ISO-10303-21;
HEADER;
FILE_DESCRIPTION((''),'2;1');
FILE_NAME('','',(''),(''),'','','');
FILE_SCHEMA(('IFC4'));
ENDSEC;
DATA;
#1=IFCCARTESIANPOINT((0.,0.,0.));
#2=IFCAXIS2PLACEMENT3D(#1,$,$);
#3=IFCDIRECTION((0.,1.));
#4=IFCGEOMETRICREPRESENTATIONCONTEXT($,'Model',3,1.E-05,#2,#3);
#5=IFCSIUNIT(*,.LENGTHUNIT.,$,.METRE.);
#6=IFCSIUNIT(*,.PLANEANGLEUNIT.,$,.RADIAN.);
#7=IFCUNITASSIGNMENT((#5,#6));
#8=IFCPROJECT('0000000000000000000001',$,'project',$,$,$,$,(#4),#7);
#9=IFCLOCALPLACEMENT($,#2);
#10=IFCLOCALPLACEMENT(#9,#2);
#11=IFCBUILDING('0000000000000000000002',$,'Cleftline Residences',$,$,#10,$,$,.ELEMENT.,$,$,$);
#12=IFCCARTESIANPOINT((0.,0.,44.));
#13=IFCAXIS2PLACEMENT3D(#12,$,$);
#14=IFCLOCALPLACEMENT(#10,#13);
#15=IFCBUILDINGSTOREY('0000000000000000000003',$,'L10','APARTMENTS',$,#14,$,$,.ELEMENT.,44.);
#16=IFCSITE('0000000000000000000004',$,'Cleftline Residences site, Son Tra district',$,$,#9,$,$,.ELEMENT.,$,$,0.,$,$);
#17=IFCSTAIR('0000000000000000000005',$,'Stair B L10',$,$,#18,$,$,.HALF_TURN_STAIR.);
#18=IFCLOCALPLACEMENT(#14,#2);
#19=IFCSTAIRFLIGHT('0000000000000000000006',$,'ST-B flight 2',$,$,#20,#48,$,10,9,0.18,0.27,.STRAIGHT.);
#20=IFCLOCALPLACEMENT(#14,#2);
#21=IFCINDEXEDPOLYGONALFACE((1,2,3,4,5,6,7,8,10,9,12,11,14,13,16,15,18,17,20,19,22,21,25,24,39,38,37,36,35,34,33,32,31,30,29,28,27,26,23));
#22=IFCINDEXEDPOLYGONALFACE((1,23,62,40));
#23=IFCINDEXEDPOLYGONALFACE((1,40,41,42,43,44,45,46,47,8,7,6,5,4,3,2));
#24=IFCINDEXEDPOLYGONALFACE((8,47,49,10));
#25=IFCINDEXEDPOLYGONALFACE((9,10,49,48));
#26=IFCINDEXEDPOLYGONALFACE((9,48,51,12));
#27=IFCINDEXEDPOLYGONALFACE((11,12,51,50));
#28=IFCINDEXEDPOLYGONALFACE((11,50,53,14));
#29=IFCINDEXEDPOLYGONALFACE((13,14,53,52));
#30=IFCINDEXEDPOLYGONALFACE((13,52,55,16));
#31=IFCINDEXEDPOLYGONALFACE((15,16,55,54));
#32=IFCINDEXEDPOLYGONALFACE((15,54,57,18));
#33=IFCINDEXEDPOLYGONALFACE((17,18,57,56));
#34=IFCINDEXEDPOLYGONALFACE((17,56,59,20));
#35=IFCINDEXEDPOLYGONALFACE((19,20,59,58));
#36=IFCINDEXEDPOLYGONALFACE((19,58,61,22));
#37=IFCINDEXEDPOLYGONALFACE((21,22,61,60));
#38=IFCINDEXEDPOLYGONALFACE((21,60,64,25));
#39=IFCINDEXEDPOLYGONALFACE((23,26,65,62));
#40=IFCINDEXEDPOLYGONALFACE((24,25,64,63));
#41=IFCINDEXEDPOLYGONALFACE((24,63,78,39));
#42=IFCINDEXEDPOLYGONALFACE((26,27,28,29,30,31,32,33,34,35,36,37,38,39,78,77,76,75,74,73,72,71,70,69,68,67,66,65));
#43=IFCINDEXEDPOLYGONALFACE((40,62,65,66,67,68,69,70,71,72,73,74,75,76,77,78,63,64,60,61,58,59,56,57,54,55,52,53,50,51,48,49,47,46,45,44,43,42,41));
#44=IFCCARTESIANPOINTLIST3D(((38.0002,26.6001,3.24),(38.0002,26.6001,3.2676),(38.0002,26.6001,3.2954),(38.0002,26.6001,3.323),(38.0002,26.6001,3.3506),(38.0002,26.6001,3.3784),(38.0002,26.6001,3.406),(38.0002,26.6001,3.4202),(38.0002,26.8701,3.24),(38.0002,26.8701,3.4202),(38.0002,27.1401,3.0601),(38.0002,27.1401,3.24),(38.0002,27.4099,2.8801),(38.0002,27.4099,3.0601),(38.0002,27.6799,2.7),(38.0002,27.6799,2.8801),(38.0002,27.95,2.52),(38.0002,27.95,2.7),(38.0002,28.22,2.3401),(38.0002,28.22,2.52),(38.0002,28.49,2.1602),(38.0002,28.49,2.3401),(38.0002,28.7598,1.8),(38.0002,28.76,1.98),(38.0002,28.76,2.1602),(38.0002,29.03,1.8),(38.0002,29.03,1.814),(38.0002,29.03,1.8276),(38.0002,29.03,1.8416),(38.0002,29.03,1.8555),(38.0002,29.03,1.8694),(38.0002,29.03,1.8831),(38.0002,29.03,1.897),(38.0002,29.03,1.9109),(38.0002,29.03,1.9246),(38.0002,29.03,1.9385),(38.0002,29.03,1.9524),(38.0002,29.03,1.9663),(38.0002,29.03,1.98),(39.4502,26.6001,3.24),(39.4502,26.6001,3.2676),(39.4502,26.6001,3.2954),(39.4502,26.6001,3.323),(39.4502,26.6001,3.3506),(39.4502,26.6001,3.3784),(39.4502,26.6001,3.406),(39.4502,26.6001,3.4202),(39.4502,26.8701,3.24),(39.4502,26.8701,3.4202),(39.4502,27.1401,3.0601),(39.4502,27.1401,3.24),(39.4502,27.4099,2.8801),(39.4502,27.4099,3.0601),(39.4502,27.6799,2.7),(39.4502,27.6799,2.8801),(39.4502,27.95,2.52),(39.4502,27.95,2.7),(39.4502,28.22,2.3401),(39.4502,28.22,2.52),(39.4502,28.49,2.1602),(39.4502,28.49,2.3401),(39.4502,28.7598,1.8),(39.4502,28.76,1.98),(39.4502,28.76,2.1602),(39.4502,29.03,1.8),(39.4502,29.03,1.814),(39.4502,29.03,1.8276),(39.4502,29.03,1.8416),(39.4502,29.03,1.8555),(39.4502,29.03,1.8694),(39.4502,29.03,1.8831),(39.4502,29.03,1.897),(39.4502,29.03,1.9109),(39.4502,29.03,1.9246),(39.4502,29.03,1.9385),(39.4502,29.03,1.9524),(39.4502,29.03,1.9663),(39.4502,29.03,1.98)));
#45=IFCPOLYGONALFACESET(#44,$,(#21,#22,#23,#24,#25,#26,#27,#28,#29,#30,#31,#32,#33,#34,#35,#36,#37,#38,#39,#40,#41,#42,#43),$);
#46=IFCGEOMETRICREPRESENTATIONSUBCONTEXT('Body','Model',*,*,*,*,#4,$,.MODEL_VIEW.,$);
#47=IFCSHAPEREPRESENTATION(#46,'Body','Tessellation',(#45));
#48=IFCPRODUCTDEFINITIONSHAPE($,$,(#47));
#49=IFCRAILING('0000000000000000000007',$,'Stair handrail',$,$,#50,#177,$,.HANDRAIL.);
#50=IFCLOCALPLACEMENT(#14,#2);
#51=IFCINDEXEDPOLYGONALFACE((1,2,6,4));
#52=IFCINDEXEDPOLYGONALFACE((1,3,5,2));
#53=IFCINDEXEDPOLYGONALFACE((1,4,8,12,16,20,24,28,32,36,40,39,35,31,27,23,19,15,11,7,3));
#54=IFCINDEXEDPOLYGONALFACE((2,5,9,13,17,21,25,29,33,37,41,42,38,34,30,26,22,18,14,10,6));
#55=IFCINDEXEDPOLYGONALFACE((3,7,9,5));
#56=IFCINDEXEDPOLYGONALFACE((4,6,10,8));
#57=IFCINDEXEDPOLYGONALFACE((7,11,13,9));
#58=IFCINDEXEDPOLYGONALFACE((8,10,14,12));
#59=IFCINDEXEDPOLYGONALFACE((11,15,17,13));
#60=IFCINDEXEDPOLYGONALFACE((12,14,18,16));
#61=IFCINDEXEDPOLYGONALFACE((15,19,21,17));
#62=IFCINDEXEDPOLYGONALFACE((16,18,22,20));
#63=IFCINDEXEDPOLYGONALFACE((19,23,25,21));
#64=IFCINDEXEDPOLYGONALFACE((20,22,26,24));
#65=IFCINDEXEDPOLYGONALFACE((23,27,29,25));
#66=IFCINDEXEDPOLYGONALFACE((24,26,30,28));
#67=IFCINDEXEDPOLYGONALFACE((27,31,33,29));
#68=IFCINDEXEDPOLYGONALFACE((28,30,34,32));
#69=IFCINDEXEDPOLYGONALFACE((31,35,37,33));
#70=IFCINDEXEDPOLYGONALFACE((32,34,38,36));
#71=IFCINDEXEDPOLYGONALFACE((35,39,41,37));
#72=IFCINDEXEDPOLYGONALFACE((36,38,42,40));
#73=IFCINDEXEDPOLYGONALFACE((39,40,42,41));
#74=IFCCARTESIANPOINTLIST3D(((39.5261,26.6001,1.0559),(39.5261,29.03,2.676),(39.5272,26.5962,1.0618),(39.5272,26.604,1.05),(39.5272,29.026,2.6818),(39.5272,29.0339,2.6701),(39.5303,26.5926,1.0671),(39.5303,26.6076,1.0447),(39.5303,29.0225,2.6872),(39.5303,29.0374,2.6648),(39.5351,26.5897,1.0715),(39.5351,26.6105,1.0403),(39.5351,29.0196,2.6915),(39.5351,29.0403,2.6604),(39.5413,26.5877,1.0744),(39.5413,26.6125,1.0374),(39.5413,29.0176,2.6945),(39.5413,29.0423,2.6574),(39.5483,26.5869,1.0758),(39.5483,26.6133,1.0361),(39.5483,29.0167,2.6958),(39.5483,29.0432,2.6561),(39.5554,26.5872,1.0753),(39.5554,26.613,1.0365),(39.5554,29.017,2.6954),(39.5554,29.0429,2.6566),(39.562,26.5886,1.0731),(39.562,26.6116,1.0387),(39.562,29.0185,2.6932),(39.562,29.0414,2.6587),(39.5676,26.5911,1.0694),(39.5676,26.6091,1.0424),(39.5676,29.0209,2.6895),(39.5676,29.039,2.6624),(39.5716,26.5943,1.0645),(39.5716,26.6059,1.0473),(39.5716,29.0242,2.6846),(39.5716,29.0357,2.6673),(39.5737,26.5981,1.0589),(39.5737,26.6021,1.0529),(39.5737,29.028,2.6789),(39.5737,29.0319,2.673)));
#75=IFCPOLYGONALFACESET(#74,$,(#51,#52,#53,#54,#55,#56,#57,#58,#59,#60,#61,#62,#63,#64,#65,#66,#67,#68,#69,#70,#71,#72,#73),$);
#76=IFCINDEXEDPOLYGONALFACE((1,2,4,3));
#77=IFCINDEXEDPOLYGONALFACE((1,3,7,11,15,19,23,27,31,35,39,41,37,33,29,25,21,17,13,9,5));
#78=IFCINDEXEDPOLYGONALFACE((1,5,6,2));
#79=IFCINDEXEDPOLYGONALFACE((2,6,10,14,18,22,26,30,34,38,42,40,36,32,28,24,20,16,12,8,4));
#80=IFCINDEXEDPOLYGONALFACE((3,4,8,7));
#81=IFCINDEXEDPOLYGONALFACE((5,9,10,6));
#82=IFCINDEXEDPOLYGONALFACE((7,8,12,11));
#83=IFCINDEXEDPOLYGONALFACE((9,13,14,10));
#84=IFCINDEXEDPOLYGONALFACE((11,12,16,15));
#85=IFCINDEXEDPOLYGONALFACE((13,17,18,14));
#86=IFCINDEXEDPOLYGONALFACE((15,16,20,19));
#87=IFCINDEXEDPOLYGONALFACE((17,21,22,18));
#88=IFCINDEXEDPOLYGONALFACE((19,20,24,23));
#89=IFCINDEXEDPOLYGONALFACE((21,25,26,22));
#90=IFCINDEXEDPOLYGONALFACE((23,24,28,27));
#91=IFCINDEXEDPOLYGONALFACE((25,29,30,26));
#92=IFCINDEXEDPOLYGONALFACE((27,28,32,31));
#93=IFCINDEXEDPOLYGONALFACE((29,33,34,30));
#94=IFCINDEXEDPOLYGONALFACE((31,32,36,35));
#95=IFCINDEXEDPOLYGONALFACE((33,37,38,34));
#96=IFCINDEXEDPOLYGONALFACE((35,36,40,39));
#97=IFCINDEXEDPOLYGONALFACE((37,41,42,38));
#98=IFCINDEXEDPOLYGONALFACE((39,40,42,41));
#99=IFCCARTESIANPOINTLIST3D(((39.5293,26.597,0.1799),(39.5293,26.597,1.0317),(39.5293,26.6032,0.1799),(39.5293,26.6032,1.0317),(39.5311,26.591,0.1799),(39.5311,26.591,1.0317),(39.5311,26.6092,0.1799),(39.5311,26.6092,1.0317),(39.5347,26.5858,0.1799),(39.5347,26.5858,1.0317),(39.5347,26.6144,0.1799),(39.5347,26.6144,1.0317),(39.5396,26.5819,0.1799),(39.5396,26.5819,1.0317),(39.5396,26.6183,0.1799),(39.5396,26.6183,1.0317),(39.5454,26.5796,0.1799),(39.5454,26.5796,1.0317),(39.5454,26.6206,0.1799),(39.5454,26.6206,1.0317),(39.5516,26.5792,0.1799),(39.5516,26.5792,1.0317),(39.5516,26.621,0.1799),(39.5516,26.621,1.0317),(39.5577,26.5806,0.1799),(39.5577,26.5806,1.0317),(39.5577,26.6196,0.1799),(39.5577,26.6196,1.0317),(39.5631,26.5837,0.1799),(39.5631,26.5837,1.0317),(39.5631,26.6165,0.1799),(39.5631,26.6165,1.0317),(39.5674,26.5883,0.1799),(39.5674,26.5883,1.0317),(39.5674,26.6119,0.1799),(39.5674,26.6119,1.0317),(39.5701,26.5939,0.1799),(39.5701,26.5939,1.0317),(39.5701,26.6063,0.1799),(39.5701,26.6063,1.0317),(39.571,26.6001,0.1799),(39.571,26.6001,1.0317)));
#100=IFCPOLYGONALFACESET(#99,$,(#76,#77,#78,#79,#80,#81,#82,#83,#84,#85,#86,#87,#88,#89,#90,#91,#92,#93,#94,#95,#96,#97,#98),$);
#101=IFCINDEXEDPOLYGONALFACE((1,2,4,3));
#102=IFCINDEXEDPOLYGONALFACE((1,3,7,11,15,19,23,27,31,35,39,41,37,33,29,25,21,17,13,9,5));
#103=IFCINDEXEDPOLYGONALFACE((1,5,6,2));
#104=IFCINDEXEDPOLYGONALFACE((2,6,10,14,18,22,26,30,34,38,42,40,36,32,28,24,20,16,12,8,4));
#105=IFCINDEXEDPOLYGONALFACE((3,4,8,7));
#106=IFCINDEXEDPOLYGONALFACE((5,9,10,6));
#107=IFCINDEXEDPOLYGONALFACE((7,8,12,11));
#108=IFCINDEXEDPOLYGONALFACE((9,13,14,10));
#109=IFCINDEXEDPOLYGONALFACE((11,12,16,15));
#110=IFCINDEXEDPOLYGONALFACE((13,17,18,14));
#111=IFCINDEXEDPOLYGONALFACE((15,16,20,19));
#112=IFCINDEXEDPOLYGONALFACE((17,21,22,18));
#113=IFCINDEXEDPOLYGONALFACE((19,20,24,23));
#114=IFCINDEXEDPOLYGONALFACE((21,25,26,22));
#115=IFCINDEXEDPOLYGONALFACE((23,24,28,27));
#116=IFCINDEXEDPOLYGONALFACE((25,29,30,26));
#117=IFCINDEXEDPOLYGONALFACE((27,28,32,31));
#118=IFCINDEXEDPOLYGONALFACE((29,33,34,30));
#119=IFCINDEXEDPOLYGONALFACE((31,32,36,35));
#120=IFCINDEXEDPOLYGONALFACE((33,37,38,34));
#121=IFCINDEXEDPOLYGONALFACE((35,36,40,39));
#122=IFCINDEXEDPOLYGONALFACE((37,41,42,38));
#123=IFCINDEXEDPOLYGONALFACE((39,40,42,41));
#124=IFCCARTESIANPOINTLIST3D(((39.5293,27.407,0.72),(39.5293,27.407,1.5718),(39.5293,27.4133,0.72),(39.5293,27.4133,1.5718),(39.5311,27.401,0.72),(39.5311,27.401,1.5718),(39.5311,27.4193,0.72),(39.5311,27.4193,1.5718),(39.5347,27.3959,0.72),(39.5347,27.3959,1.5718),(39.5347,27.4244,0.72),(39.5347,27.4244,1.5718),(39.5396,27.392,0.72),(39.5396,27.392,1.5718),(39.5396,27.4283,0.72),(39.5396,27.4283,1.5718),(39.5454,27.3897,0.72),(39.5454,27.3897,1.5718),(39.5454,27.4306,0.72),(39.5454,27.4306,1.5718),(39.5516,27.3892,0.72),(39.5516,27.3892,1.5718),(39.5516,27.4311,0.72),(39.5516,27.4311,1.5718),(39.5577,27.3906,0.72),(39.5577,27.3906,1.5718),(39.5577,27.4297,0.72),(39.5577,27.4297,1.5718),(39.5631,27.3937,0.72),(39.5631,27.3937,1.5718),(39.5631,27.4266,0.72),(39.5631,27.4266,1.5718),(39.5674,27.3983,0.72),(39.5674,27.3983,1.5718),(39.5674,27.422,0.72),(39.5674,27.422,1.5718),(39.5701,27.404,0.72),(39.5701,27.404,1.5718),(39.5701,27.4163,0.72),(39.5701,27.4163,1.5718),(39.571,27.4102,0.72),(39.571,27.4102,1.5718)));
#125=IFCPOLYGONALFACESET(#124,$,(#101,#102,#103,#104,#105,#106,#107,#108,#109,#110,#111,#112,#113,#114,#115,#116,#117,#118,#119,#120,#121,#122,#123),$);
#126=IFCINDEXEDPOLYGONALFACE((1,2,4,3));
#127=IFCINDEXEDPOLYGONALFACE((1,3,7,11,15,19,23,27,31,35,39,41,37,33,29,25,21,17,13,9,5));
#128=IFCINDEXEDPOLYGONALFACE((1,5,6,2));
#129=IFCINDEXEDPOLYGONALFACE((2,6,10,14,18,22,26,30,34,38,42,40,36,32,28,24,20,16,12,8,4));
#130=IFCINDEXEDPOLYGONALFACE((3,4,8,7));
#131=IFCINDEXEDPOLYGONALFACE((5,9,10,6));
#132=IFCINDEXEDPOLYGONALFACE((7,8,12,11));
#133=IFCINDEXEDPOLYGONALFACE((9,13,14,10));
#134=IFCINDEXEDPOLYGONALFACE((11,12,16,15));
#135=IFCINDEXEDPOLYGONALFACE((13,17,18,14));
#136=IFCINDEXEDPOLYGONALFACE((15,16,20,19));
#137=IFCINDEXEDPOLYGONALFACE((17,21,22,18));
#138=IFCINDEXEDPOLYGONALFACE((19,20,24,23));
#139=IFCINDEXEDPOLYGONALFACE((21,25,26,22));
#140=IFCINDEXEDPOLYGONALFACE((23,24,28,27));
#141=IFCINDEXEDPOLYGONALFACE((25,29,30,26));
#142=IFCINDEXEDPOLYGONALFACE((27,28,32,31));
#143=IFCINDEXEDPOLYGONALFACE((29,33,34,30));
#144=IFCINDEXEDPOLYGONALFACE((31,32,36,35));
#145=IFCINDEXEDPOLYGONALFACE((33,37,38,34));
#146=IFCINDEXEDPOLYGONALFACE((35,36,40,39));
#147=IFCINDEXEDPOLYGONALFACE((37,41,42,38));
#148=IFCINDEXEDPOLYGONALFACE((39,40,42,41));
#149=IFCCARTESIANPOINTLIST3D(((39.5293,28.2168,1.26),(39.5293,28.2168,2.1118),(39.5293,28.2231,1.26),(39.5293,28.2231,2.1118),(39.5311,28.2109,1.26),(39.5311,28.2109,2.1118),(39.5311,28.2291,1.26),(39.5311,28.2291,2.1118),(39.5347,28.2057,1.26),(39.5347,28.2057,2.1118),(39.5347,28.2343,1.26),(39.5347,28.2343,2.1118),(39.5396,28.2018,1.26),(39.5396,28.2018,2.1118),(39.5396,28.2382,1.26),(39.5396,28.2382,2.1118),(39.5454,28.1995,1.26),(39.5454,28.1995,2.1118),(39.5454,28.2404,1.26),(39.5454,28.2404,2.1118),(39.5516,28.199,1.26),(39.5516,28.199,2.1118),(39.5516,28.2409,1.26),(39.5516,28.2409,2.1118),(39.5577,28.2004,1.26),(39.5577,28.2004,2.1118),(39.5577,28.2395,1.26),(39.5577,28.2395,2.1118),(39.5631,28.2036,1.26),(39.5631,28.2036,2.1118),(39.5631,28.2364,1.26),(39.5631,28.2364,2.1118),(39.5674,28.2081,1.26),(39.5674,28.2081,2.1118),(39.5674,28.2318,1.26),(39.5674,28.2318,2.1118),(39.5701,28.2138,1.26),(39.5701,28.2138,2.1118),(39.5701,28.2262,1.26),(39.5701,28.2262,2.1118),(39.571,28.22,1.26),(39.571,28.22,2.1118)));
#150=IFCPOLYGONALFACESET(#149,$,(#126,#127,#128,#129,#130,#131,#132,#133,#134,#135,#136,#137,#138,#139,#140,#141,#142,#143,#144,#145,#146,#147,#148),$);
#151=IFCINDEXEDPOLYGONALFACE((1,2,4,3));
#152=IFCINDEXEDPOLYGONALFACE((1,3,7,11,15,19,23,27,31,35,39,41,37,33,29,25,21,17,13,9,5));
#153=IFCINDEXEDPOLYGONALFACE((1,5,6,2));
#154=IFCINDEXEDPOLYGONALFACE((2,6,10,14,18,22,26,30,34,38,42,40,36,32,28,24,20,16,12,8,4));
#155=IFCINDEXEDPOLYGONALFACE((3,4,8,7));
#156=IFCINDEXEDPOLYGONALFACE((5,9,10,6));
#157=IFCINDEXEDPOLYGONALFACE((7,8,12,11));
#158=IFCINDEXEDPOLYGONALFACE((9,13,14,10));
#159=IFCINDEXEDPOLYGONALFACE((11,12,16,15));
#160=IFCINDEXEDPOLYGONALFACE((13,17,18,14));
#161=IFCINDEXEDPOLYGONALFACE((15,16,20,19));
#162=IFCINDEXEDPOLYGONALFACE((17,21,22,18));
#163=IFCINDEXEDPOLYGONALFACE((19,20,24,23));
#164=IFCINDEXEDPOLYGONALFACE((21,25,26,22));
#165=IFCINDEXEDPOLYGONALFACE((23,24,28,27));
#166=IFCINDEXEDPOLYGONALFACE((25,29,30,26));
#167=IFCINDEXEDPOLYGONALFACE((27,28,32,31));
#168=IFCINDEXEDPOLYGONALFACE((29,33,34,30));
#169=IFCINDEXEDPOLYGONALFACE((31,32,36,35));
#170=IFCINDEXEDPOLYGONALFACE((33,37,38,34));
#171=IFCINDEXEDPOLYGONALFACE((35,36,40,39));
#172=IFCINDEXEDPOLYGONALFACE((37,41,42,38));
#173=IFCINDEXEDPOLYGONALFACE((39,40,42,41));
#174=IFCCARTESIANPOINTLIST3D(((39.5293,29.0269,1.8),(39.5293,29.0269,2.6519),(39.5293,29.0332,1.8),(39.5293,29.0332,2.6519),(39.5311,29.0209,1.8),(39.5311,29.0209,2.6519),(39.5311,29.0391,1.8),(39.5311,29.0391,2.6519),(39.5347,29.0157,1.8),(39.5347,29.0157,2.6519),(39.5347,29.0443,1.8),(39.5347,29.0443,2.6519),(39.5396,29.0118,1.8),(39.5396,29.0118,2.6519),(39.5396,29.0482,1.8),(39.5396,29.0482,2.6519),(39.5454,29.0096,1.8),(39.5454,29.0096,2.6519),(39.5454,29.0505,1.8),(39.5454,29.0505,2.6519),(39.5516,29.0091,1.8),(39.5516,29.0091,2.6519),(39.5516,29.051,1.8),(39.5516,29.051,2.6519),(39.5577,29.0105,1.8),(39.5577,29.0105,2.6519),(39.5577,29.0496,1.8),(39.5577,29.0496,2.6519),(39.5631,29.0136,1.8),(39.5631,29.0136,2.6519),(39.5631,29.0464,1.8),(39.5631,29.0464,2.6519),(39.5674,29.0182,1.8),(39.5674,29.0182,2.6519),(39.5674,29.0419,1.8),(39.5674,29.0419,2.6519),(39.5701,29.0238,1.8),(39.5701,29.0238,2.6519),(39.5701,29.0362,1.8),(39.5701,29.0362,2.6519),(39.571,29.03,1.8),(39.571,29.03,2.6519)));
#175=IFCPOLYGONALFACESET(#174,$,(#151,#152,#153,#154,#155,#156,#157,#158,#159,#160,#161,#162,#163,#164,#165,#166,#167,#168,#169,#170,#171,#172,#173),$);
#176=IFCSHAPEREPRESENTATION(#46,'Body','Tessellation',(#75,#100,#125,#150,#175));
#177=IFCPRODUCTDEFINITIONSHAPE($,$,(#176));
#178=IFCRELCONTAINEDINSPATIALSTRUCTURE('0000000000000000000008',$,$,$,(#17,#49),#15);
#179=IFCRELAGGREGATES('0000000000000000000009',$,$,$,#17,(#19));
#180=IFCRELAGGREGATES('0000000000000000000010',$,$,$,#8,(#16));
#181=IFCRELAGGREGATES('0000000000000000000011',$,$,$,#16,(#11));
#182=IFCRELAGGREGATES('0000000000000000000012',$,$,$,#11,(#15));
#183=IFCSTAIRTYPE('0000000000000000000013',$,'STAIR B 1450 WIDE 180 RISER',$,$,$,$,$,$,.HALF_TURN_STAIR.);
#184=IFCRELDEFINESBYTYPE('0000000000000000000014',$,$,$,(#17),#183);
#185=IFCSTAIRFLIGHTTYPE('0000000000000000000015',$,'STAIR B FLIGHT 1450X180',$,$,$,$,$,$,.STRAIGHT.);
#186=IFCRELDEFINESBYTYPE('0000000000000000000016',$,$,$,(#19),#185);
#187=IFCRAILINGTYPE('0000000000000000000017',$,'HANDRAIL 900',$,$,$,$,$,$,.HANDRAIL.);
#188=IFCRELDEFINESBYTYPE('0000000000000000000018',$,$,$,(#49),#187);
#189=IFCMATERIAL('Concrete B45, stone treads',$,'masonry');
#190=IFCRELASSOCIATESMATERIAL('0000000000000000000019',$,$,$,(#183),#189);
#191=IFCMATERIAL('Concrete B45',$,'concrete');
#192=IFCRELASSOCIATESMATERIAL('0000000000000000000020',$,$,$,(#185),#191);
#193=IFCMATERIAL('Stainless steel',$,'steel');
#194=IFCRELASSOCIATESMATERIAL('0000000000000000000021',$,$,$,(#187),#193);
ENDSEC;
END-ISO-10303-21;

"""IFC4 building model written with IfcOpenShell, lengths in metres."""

from ifc_helpers import new_model, si_unit, direction, frame, origin, origin_2d, place, context, subcontext, project, spatial, polyline, circle, outline, extrude, material, type_object, element, aggregate, save


model = new_model("IFC4")

# Units and contexts
model_context = context("Model", 3, precision=1e-05, world=origin(), true_north=direction((0.0, 1.0)))
body_context = subcontext(model_context, "Body", "Model", "MODEL_VIEW")
ifc_project = project(units=[si_unit("LENGTHUNIT", "METRE"), si_unit("PLANEANGLEUNIT", "RADIAN")], contexts=[model_context])

# Site, building, storey
site_placement = place(None, origin())
site = spatial("IfcSite", under=ifc_project, at=site_placement, Name="Cleftline Residences site, Son Tra district", CompositionType="ELEMENT", RefElevation=0.0)
building_placement = place(site_placement, origin())
building = spatial("IfcBuilding", under=site, at=building_placement, Name="Cleftline Residences", CompositionType="ELEMENT")
storey_placement = place(building_placement, frame((0.0, 0.0, 44.0)))
storey = spatial("IfcBuildingStorey", under=building, at=storey_placement, Name="L10", Description="APARTMENTS", CompositionType="ELEMENT", Elevation=44.0)

# Stair, stair flight
ifc_material_1 = material(Name="Concrete B45, stone treads", Category="masonry")
stair_type = type_object("IfcStairType", Name="STAIR B 1450 WIDE 180 RISER", PredefinedType="HALF_TURN_STAIR", material=ifc_material_1)
stair_placement = place(storey_placement, origin())
stair = element("IfcStair", 1, at=stair_placement, inside=storey, type_object=stair_type, Name="Stair B L10", PredefinedType="HALF_TURN_STAIR")
ifc_material_2 = material(Name="Concrete B45", Category="concrete")
stair_flight_type = type_object("IfcStairFlightType", Name="STAIR B FLIGHT 1450X180", PredefinedType="STRAIGHT", material=ifc_material_2)
stair_flight_1_placement = place(storey_placement, frame((38.7251, 29.03, 1.8), z_axis=(0.0, 0.0, 1.0), x_axis=(0.0, -1.0, 0.0)))
stair_flight_1 = element("IfcStairFlight", 2, at=stair_flight_1_placement, type_object=stair_flight_type, Name="ST-B flight 2", NumberOfRisers=10, NumberOfTreads=9, PredefinedType="STRAIGHT", RiserHeight=0.18, TreadLength=0.27, context=body_context, shape_type="SweptSolid", body=[
    extrude(outline(polyline([(0.0, 0.0), (0.0, 0.0139), (0.0, 0.0276), (0.0, 0.0415), (0.0, 0.0554), (0.0, 0.0693), (0.0, 0.083), (0.0, 0.0969), (0.0, 0.1108), (0.0, 0.1245), (0.0, 0.1384), (0.0, 0.1523), (0.0, 0.1663), (0.0, 0.1799), (0.27, 0.1799), (0.27, 0.3601), (0.54, 0.3601), (0.54, 0.54), (0.8101, 0.54), (0.8101, 0.72), (1.0801, 0.72), (1.0801, 0.8999), (1.3501, 0.8999), (1.3501, 1.0801), (1.6201, 1.0801), (1.6201, 1.26), (1.8899, 1.26), (1.8899, 1.4399), (2.1599, 1.4399), (2.1599, 1.6201), (2.4299, 1.6201), (2.4299, 1.8), (2.4299, 1.7722), (2.4299, 1.7446), (2.4299, 1.7168), (2.4299, 1.6892), (2.4299, 1.6614), (2.4299, 1.6338), (2.4299, 1.606), (2.4299, 1.5784), (2.4299, 1.5505), (2.4299, 1.5229), (2.4299, 1.4954), (2.4299, 1.4675), (2.4299, 1.4399), (0.2703, 0.0), (0.0, 0.0)])), frame((0.0, 0.7251, 0.0), z_axis=(0.0, -1.0, 0.0), x_axis=(1.0, 0.0, 0.0)), (0.0, 0.0, 1.0), 1.45),
])
aggregate(stair, [stair_flight_1])

# Railing
ifc_material_3 = material(Name="Stainless steel", Category="steel")
railing_type = type_object("IfcRailingType", Name="HANDRAIL 900", PredefinedType="HANDRAIL", material=ifc_material_3)
railing_1_placement = place(storey_placement, frame((39.55, 26.6001, 0.1799)))
element("IfcRailing", 3, at=railing_1_placement, inside=storey, type_object=railing_type, Name="Stair handrail", PredefinedType="HANDRAIL", context=body_context, shape_type="SweptSolid", body=[
    extrude(circle(Radius=0.0239, at=origin_2d()), frame((0.0, 0.0, 0.876), z_axis=(0.0, 0.832025, 0.554739), x_axis=(-1.0, 0.0, 0.0)), (0.0, 0.0, 1.0), 2.9204),
    extrude(circle(Radius=0.021, at=origin_2d()), origin(), (0.0, 0.0, 1.0), 0.8518),
    extrude(circle(Radius=0.021, at=origin_2d()), frame((0.0, 0.8101, 0.54)), (0.0, 0.0, 1.0), 0.8518),
    extrude(circle(Radius=0.021, at=origin_2d()), frame((0.0, 1.6199, 1.0801)), (0.0, 0.0, 1.0), 0.8518),
    extrude(circle(Radius=0.021, at=origin_2d()), frame((0.0, 2.4299, 1.6201)), (0.0, 0.0, 1.0), 0.8518),
])

save(model, "model.ifc")
